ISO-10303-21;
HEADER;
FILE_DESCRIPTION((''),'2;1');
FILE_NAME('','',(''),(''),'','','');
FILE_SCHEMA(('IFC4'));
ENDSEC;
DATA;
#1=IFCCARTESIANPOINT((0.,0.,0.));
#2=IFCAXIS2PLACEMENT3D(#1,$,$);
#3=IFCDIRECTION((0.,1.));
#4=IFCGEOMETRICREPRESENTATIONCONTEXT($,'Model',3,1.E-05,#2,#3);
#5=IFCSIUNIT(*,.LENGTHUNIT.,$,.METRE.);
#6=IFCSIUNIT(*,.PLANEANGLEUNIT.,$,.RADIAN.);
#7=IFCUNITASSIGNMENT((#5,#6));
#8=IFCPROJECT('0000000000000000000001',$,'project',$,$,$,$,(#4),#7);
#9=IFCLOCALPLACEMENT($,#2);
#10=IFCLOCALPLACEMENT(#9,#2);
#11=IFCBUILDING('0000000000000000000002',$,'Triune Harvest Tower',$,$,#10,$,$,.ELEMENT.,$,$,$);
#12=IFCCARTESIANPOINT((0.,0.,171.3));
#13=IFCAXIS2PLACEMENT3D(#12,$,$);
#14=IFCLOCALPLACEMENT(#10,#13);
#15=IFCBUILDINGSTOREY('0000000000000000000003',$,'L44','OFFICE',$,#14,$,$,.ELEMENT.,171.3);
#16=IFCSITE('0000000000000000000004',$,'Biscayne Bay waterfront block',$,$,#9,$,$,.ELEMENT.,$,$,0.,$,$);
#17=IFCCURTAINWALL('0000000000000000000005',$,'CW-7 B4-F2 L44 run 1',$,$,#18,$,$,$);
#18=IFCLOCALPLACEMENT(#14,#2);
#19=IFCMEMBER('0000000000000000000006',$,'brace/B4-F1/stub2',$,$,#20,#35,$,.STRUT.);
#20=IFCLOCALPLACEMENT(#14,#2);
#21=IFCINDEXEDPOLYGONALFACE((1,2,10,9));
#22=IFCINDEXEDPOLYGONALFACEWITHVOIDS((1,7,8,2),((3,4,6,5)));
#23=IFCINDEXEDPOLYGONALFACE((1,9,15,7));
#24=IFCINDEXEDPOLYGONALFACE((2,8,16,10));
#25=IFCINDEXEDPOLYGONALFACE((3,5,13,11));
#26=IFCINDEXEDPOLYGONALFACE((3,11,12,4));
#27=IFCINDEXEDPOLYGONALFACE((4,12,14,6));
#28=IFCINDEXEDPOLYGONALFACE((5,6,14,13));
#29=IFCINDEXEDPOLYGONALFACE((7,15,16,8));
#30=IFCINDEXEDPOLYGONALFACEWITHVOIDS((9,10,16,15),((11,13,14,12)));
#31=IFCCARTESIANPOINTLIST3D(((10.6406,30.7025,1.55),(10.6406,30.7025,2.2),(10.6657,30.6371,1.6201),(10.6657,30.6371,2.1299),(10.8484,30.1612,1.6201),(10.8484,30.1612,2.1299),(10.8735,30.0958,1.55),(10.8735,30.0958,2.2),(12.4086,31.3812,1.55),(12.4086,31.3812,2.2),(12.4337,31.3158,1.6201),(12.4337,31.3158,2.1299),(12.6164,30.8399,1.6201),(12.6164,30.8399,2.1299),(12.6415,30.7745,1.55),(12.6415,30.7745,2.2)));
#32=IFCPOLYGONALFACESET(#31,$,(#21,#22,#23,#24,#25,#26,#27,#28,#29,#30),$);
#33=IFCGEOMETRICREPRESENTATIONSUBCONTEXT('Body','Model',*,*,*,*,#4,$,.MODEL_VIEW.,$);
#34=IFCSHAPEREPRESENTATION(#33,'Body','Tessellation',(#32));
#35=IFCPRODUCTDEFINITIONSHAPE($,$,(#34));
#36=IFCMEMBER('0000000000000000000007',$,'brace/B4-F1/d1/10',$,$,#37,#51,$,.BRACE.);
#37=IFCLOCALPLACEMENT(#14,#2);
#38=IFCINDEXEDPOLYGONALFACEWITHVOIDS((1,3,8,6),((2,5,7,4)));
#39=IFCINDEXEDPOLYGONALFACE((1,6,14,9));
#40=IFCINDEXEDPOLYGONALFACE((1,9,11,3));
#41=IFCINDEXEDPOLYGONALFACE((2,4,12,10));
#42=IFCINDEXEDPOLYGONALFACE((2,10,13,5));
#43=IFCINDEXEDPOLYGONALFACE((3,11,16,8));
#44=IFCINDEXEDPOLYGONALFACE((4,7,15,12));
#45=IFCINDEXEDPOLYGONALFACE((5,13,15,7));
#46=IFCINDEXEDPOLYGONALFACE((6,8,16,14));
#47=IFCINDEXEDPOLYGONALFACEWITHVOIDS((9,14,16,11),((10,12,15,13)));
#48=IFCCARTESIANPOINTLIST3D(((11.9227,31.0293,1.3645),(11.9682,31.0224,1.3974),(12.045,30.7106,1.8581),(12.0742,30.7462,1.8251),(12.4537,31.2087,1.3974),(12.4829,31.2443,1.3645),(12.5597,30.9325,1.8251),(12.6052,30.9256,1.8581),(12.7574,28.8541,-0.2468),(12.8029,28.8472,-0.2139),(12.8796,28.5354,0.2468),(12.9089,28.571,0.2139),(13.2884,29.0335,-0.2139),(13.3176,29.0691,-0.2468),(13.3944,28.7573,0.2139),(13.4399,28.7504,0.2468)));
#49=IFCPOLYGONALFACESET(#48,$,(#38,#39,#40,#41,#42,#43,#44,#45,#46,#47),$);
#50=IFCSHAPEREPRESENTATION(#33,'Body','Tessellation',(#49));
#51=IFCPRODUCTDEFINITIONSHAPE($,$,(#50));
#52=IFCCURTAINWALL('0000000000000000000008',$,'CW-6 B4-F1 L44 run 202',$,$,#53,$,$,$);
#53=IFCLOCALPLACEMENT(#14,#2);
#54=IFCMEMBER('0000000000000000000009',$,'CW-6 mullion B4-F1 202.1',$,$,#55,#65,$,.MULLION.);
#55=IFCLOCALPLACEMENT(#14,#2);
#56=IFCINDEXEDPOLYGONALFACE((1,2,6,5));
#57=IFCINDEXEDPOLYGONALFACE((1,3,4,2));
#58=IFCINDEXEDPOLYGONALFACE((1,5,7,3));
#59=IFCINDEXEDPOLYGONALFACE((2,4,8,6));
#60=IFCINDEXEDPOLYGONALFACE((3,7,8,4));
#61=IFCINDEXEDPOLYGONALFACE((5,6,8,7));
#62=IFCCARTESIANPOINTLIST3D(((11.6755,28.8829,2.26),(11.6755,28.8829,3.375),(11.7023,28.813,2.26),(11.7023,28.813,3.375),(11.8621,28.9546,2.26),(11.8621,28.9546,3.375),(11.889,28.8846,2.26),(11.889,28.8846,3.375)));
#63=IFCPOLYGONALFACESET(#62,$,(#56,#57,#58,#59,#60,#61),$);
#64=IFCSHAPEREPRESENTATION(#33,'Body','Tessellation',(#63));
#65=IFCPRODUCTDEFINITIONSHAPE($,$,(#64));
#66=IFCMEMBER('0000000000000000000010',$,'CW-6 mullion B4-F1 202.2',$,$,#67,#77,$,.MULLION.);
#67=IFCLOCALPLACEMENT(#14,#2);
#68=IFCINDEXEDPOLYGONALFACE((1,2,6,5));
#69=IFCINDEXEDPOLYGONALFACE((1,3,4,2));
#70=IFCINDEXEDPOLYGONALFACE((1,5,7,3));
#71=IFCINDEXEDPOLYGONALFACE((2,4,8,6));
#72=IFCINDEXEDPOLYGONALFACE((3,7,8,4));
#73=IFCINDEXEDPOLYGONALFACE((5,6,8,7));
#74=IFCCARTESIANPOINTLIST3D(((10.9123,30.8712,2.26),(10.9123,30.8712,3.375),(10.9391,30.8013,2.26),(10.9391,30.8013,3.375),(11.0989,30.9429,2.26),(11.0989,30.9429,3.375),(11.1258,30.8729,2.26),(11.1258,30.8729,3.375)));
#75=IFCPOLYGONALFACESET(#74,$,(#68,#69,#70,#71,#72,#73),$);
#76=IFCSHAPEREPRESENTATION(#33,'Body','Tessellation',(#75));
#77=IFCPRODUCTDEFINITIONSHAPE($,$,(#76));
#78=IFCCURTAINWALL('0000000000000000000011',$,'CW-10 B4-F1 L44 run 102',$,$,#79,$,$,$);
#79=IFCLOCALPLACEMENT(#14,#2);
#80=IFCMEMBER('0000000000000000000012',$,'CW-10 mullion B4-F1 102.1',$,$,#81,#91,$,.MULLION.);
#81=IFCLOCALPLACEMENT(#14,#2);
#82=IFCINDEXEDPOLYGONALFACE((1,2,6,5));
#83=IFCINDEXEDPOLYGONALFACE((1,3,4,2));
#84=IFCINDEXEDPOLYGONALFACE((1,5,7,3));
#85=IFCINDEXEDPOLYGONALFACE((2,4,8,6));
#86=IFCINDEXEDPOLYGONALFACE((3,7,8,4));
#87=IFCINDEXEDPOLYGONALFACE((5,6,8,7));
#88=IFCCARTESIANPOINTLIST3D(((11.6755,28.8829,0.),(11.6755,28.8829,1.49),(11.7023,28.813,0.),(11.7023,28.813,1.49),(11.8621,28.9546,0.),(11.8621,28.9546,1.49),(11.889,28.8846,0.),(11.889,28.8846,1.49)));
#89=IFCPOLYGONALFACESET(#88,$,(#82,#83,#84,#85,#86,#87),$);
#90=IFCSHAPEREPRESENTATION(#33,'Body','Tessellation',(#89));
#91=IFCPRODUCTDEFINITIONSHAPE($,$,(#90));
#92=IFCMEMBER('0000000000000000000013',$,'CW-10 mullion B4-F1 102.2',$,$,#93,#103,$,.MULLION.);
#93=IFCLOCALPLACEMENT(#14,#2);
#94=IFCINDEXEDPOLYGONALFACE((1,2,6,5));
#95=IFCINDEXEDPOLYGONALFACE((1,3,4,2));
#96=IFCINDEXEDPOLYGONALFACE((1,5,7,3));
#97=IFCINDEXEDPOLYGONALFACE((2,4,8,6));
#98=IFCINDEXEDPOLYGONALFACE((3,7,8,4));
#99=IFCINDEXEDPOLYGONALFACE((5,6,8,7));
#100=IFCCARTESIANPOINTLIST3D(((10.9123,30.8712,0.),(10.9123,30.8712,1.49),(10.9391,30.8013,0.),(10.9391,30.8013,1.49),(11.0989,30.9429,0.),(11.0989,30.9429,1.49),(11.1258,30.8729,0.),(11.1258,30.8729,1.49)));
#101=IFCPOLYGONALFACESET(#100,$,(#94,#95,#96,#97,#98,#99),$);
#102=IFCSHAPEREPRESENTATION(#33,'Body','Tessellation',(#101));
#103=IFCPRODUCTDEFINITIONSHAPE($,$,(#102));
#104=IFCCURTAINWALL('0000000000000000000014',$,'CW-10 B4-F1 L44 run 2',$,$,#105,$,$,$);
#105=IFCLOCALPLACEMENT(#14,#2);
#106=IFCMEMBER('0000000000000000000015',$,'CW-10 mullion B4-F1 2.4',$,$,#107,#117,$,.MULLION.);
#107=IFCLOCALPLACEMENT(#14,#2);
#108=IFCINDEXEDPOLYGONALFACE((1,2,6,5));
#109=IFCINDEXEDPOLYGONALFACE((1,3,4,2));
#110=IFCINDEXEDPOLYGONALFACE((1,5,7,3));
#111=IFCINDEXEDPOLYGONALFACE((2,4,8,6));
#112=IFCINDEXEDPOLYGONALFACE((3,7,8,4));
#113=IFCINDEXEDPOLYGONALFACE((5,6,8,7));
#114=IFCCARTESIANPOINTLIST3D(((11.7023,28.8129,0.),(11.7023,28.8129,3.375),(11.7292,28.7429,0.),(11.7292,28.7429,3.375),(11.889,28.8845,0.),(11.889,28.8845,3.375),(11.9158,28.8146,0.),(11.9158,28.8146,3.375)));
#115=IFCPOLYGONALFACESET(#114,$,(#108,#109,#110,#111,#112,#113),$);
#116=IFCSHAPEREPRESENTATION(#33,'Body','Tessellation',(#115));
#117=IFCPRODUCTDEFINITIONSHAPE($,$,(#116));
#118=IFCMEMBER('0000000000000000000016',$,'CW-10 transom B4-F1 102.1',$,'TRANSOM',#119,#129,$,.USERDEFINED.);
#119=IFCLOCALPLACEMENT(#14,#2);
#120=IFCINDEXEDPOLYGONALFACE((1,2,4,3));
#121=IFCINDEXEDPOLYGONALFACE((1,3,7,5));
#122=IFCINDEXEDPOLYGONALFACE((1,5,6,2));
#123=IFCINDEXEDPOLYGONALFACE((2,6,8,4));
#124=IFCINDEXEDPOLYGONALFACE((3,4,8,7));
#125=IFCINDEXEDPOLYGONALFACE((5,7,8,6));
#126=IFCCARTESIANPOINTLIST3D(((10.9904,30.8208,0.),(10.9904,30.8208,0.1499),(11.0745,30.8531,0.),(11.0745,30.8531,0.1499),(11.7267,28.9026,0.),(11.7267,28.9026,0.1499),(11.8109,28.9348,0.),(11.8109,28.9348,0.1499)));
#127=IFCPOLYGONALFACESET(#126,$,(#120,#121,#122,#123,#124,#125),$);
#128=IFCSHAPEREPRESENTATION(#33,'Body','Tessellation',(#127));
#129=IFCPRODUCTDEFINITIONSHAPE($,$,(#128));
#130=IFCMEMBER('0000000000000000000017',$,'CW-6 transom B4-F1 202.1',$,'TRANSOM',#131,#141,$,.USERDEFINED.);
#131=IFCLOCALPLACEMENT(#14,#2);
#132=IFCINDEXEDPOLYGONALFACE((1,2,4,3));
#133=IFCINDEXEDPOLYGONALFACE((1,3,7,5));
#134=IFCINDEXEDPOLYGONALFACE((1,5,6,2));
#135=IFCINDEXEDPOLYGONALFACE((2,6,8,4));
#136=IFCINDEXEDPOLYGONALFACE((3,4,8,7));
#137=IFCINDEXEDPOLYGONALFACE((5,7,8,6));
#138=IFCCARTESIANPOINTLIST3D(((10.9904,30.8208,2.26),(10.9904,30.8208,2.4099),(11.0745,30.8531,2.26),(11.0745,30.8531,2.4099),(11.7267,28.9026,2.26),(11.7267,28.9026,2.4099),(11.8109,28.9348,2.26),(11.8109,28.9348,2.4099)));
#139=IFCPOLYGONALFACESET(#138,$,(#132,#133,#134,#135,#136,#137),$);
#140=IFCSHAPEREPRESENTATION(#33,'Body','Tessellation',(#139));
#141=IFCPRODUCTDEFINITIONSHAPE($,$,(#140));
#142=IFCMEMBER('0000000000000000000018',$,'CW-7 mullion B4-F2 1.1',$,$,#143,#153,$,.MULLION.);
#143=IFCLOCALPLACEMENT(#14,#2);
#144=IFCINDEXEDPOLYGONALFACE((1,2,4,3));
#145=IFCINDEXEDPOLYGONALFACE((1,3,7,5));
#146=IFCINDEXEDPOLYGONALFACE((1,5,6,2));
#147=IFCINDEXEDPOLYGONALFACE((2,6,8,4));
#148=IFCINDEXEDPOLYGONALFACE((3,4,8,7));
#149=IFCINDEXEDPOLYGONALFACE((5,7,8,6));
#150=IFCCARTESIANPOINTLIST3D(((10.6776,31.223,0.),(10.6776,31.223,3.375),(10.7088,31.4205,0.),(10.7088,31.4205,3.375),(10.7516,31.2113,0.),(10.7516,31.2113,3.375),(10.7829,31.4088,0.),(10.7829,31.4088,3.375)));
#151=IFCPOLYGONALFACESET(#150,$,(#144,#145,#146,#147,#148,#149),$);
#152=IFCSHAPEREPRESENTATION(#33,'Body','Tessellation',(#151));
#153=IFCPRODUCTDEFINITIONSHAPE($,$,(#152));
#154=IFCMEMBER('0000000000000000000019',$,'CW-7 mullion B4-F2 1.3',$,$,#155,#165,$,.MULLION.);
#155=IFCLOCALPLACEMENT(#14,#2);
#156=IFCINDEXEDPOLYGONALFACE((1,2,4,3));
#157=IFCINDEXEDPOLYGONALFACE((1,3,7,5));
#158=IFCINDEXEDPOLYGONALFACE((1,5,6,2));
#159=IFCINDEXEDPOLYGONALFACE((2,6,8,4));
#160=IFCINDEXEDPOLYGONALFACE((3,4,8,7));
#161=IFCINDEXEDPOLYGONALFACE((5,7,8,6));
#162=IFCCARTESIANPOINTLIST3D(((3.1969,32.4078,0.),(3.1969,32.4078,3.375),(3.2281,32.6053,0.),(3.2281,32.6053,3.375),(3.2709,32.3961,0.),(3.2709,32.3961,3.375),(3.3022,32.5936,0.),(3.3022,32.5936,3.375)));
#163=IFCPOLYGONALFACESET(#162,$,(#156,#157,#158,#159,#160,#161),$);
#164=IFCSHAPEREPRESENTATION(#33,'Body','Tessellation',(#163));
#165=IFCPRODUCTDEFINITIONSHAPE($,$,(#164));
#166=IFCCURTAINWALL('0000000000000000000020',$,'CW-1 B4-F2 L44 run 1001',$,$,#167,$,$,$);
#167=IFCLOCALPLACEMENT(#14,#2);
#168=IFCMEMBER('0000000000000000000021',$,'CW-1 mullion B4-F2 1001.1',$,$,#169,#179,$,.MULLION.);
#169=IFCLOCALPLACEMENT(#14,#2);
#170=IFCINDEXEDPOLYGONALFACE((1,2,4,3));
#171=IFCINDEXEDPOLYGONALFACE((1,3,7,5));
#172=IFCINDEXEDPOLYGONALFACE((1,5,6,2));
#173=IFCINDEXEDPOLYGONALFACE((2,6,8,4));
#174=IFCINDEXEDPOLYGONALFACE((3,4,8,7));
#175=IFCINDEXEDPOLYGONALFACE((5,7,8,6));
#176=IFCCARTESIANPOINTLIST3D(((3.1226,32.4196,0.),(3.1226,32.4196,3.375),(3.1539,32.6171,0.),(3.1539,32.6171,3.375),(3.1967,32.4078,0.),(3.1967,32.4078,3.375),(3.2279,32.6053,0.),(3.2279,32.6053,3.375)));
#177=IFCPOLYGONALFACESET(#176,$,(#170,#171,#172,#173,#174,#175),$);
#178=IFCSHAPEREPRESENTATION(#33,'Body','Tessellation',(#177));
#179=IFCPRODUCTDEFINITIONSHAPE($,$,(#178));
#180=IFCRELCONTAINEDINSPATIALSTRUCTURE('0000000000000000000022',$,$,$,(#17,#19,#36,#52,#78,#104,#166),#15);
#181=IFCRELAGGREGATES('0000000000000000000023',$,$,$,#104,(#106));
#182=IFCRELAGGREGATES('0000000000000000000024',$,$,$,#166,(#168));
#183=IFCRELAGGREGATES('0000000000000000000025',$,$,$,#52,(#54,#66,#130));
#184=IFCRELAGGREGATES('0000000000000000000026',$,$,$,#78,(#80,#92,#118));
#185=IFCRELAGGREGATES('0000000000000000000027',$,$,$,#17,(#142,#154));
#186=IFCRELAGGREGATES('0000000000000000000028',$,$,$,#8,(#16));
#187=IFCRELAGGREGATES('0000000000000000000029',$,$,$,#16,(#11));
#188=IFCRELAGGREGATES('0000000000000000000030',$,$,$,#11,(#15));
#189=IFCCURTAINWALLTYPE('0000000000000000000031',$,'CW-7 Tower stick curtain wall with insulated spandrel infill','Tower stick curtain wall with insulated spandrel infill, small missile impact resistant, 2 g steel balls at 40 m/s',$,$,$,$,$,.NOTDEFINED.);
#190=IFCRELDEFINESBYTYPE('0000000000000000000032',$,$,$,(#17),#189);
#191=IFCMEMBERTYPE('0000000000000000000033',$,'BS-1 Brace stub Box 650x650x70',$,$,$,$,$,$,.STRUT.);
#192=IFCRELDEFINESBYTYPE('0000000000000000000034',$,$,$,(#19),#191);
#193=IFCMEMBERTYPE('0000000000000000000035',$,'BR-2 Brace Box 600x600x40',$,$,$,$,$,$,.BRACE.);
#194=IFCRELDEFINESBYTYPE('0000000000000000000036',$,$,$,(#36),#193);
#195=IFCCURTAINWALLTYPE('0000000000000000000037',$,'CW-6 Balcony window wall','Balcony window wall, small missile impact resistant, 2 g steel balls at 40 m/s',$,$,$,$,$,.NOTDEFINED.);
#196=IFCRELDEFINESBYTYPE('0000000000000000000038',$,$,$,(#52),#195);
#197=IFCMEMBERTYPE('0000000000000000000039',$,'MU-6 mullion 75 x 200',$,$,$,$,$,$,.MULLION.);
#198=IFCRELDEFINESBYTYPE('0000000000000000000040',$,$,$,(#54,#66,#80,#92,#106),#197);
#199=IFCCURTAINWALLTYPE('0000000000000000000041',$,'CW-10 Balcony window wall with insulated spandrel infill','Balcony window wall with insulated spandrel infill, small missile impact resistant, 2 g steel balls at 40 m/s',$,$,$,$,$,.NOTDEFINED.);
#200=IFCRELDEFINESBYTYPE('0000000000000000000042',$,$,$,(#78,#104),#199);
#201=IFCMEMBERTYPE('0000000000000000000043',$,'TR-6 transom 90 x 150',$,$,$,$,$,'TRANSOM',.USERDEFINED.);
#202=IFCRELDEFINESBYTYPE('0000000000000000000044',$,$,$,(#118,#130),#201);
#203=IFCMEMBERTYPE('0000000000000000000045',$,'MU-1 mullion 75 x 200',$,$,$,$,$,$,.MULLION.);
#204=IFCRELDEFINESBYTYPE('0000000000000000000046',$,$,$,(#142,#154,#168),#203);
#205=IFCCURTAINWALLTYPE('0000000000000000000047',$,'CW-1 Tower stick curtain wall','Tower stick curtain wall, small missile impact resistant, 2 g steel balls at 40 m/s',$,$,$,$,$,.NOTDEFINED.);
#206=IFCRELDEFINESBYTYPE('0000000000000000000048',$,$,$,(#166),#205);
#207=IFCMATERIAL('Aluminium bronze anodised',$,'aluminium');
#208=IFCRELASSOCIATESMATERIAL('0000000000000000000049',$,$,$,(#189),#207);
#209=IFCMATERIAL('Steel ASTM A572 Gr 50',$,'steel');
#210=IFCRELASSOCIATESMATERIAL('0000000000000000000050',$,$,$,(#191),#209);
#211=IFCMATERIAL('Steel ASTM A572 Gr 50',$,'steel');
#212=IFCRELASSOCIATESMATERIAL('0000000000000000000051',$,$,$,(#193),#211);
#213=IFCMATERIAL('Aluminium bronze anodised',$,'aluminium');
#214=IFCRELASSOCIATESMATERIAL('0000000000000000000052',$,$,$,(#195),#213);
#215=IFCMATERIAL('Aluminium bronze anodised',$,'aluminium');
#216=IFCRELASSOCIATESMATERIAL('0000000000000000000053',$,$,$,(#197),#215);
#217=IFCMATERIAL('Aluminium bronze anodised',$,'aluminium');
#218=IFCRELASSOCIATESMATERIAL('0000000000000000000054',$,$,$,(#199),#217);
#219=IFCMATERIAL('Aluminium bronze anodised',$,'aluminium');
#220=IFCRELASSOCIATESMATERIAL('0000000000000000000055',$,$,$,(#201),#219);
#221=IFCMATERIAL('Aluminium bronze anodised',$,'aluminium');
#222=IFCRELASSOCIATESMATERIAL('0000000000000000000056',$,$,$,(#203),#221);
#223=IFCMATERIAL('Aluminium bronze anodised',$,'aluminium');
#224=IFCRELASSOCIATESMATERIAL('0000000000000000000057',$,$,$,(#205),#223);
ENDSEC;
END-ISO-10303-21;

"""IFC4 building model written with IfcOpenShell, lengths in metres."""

from ifc_helpers import new_model, si_unit, direction, frame, origin, origin_2d, place, context, subcontext, project, spatial, rectangle, hollow_rectangle, extrude, source, transform, mapped, material, material_profile, profile_set, type_object, element, aggregate, save


model = new_model("IFC4")

# Units and contexts
model_context = context("Model", 3, precision=1e-05, world=origin(), true_north=direction((0.0, 1.0)))
body_context = subcontext(model_context, "Body", "Model", "MODEL_VIEW")
ifc_project = project(units=[si_unit("LENGTHUNIT", "METRE"), si_unit("PLANEANGLEUNIT", "RADIAN")], contexts=[model_context])

# Site, building, storey
site_placement = place(None, origin())
site = spatial("IfcSite", under=ifc_project, at=site_placement, Name="Biscayne Bay waterfront block", CompositionType="ELEMENT", RefElevation=0.0)
building_placement = place(site_placement, origin())
building = spatial("IfcBuilding", under=site, at=building_placement, Name="Triune Harvest Tower", CompositionType="ELEMENT")
storey_placement = place(building_placement, frame((0.0, 0.0, 171.3)))
storey = spatial("IfcBuildingStorey", under=building, at=storey_placement, Name="L44", Description="OFFICE", CompositionType="ELEMENT", Elevation=171.3)

# Curtain wall
ifc_material_1 = material(Name="Aluminium bronze anodised", Category="aluminium")
curtain_wall_type_1 = type_object("IfcCurtainWallType", Name="CW-7 Tower stick curtain wall with insulated spandrel infill", Description="Tower stick curtain wall with insulated spandrel infill, small missile impact resistant, 2 g steel balls at 40 m/s", PredefinedType="NOTDEFINED", material=ifc_material_1)
curtain_wall_1_placement = place(storey_placement, origin())
curtain_wall_1 = element("IfcCurtainWall", 1, at=curtain_wall_1_placement, inside=storey, type_object=curtain_wall_type_1, Name="CW-7 B4-F2 L44 run 1")

# Members
ifc_material_2 = material(Name="Steel ASTM A572 Gr 50", Category="steel")
ifc_material_profile_1 = material_profile(ifc_material_2, hollow_rectangle(XDim=0.6499, YDim=0.6499, WallThickness=0.0701, at=origin_2d()), Name="Box 650x650x70")
ifc_profile_set_1 = profile_set([ifc_material_profile_1], Name="Steel ASTM A572 Gr 50")
member_type_1 = type_object("IfcMemberType", Name="BS-1 Brace stub Box 650x650x70", PredefinedType="STRUT", material=ifc_profile_set_1)
shared_shape_1 = source(origin(), body_context, "Body", "SweptSolid", [
    extrude(hollow_rectangle(XDim=0.6499, YDim=0.6499, WallThickness=0.0701, at=origin_2d()), origin(), (0.0, 0.0, 1.0), 1.8938),
])
member_1_placement = place(storey_placement, frame((10.7571, 30.3992, 1.875), z_axis=(0.933578, 0.358374, 0.0), x_axis=(-0.358374, 0.933578, 0.0)))
element("IfcMember", 2, at=member_1_placement, inside=storey, type_object=member_type_1, Name="brace/B4-F1/stub2", PredefinedType="STRUT", context=body_context, shape_type="MappedRepresentation", body=[
    mapped(shared_shape_1, transform((0.0, 0.0, 0.0), scale=1.0)),
])
ifc_material_3 = material(Name="Steel ASTM A572 Gr 50", Category="steel")
ifc_material_profile_2 = material_profile(ifc_material_3, hollow_rectangle(XDim=0.6001, YDim=0.6001, WallThickness=0.04, at=origin_2d()), Name="Box 600x600x40")
ifc_profile_set_2 = profile_set([ifc_material_profile_2], Name="Steel ASTM A572 Gr 50")
member_type_2 = type_object("IfcMemberType", Name="BR-2 Brace Box 600x600x40", PredefinedType="BRACE", material=ifc_profile_set_2)
shared_shape_2 = source(origin(), body_context, "Body", "SweptSolid", [
    extrude(hollow_rectangle(XDim=0.6001, YDim=0.6001, WallThickness=0.04, at=origin_2d()), origin(), (0.0, 0.0, 1.0), 2.8328),
])
member_2_placement = place(storey_placement, frame((13.0986, 28.8022, 0.0), z_axis=(-0.294656, 0.767882, 0.568801), x_axis=(-0.933623, -0.358256, 0.0)))
element("IfcMember", 3, at=member_2_placement, inside=storey, type_object=member_type_2, Name="brace/B4-F1/d1/10", PredefinedType="BRACE", context=body_context, shape_type="MappedRepresentation", body=[
    mapped(shared_shape_2, transform((0.0, 0.0, 0.0), scale=1.0)),
])

# Curtain walls, members
ifc_material_4 = material(Name="Aluminium bronze anodised", Category="aluminium")
curtain_wall_type_2 = type_object("IfcCurtainWallType", Name="CW-6 Balcony window wall", Description="Balcony window wall, small missile impact resistant, 2 g steel balls at 40 m/s", PredefinedType="NOTDEFINED", material=ifc_material_4)
curtain_wall_2_placement = place(storey_placement, origin())
curtain_wall_2 = element("IfcCurtainWall", 4, at=curtain_wall_2_placement, inside=storey, type_object=curtain_wall_type_2, Name="CW-6 B4-F1 L44 run 202")
ifc_material_5 = material(Name="Aluminium bronze anodised", Category="aluminium")
ifc_material_profile_3 = material_profile(ifc_material_5, rectangle(XDim=0.2, YDim=0.075, at=origin_2d()), Name="MU-6 mullion 75 x 200")
ifc_profile_set_3 = profile_set([ifc_material_profile_3], Name="Aluminium bronze anodised")
member_type_3 = type_object("IfcMemberType", Name="MU-6 mullion 75 x 200", PredefinedType="MULLION", material=ifc_profile_set_3)
shared_shape_3 = source(origin(), body_context, "Body", "SweptSolid", [
    extrude(rectangle(XDim=0.2, YDim=0.075, at=origin_2d()), origin(), (0.0, 0.0, 1.0), 1.115),
])
member_3_placement = place(storey_placement, frame((11.7822, 28.8838, 2.26), z_axis=(0.0, 0.0, 1.0), x_axis=(-0.933576, -0.35838, 0.0)))
member_3 = element("IfcMember", 5, at=member_3_placement, type_object=member_type_3, Name="CW-6 mullion B4-F1 202.1", PredefinedType="MULLION", context=body_context, shape_type="MappedRepresentation", body=[
    mapped(shared_shape_3, transform((0.0, 0.0, 0.0), scale=1.0)),
])
member_4_placement = place(storey_placement, frame((11.019, 30.8721, 2.26), z_axis=(0.0, 0.0, 1.0), x_axis=(-0.933576, -0.35838, 0.0)))
member_4 = element("IfcMember", 6, at=member_4_placement, type_object=member_type_3, Name="CW-6 mullion B4-F1 202.2", PredefinedType="MULLION", context=body_context, shape_type="MappedRepresentation", body=[
    mapped(shared_shape_3, transform((0.0, 0.0, 0.0), scale=1.0)),
])
ifc_material_6 = material(Name="Aluminium bronze anodised", Category="aluminium")
curtain_wall_type_3 = type_object("IfcCurtainWallType", Name="CW-10 Balcony window wall with insulated spandrel infill", Description="Balcony window wall with insulated spandrel infill, small missile impact resistant, 2 g steel balls at 40 m/s", PredefinedType="NOTDEFINED", material=ifc_material_6)
curtain_wall_3_placement = place(storey_placement, origin())
curtain_wall_3 = element("IfcCurtainWall", 7, at=curtain_wall_3_placement, inside=storey, type_object=curtain_wall_type_3, Name="CW-10 B4-F1 L44 run 102")
shared_shape_4 = source(origin(), body_context, "Body", "SweptSolid", [
    extrude(rectangle(XDim=0.2, YDim=0.075, at=origin_2d()), origin(), (0.0, 0.0, 1.0), 1.49),
])
member_5_placement = place(storey_placement, frame((11.7822, 28.8838, 0.0), z_axis=(0.0, 0.0, 1.0), x_axis=(-0.933576, -0.35838, 0.0)))
member_5 = element("IfcMember", 8, at=member_5_placement, type_object=member_type_3, Name="CW-10 mullion B4-F1 102.1", PredefinedType="MULLION", context=body_context, shape_type="MappedRepresentation", body=[
    mapped(shared_shape_4, transform((0.0, 0.0, 0.0), scale=1.0)),
])
member_6_placement = place(storey_placement, frame((11.019, 30.8721, 0.0), z_axis=(0.0, 0.0, 1.0), x_axis=(-0.933576, -0.35838, 0.0)))
member_6 = element("IfcMember", 9, at=member_6_placement, type_object=member_type_3, Name="CW-10 mullion B4-F1 102.2", PredefinedType="MULLION", context=body_context, shape_type="MappedRepresentation", body=[
    mapped(shared_shape_4, transform((0.0, 0.0, 0.0), scale=1.0)),
])

# Curtain wall, member
curtain_wall_4_placement = place(storey_placement, origin())
curtain_wall_4 = element("IfcCurtainWall", 10, at=curtain_wall_4_placement, inside=storey, type_object=curtain_wall_type_3, Name="CW-10 B4-F1 L44 run 2")
shared_shape_5 = source(origin(), body_context, "Body", "SweptSolid", [
    extrude(rectangle(XDim=0.2, YDim=0.075, at=origin_2d()), origin(), (0.0, 0.0, 1.0), 3.375),
])
member_7_placement = place(storey_placement, frame((11.8091, 28.8137, 0.0), z_axis=(0.0, 0.0, 1.0), x_axis=(-0.933579, -0.358371, 0.0)))
member_7 = element("IfcMember", 11, at=member_7_placement, type_object=member_type_3, Name="CW-10 mullion B4-F1 2.4", PredefinedType="MULLION", context=body_context, shape_type="MappedRepresentation", body=[
    mapped(shared_shape_5, transform((0.0, 0.0, 0.0), scale=1.0)),
])
aggregate(curtain_wall_4, [member_7])

# Members
ifc_material_7 = material(Name="Aluminium bronze anodised", Category="aluminium")
ifc_material_profile_4 = material_profile(ifc_material_7, rectangle(XDim=0.0901, YDim=0.1499, at=origin_2d()), Name="TR-6 transom 90 x 150")
ifc_profile_set_4 = profile_set([ifc_material_profile_4], Name="Aluminium bronze anodised")
member_type_4 = type_object("IfcMemberType", Name="TR-6 transom 90 x 150", ElementType="TRANSOM", PredefinedType="USERDEFINED", material=ifc_profile_set_4)
shared_shape_6 = source(origin(), body_context, "Body", "SweptSolid", [
    extrude(rectangle(XDim=0.0901, YDim=0.1499, at=origin_2d()), origin(), (0.0, 0.0, 1.0), 2.0547),
])
member_8_placement = place(storey_placement, frame((11.7688, 28.9187, 0.075), z_axis=(-0.358366, 0.933581, 0.0), x_axis=(-0.933581, -0.358366, 0.0)))
member_8 = element("IfcMember", 12, at=member_8_placement, type_object=member_type_4, Name="CW-10 transom B4-F1 102.1", ObjectType="TRANSOM", PredefinedType="USERDEFINED", context=body_context, shape_type="MappedRepresentation", body=[
    mapped(shared_shape_6, transform((0.0, 0.0, 0.0), scale=1.0)),
])
member_9_placement = place(storey_placement, frame((11.7688, 28.9187, 2.335), z_axis=(-0.358366, 0.933581, 0.0), x_axis=(-0.933581, -0.358366, 0.0)))
member_9 = element("IfcMember", 13, at=member_9_placement, type_object=member_type_4, Name="CW-6 transom B4-F1 202.1", ObjectType="TRANSOM", PredefinedType="USERDEFINED", context=body_context, shape_type="MappedRepresentation", body=[
    mapped(shared_shape_6, transform((0.0, 0.0, 0.0), scale=1.0)),
])
ifc_material_8 = material(Name="Aluminium bronze anodised", Category="aluminium")
ifc_material_profile_5 = material_profile(ifc_material_8, rectangle(XDim=0.2, YDim=0.075, at=origin_2d()), Name="MU-1 mullion 75 x 200")
ifc_profile_set_5 = profile_set([ifc_material_profile_5], Name="Aluminium bronze anodised")
member_type_5 = type_object("IfcMemberType", Name="MU-1 mullion 75 x 200", PredefinedType="MULLION", material=ifc_profile_set_5)
shared_shape_7 = source(origin(), body_context, "Body", "SweptSolid", [
    extrude(rectangle(XDim=0.2, YDim=0.075, at=origin_2d()), origin(), (0.0, 0.0, 1.0), 3.375),
])
member_10_placement = place(storey_placement, frame((10.7302, 31.3159, 0.0), z_axis=(0.0, 0.0, 1.0), x_axis=(-0.156427, -0.98769, 0.0)))
member_10 = element("IfcMember", 14, at=member_10_placement, type_object=member_type_5, Name="CW-7 mullion B4-F2 1.1", PredefinedType="MULLION", context=body_context, shape_type="MappedRepresentation", body=[
    mapped(shared_shape_7, transform((0.0, 0.0, 0.0), scale=1.0)),
])
member_11_placement = place(storey_placement, frame((3.2495, 32.5007, 0.0), z_axis=(0.0, 0.0, 1.0), x_axis=(-0.156427, -0.98769, 0.0)))
member_11 = element("IfcMember", 15, at=member_11_placement, type_object=member_type_5, Name="CW-7 mullion B4-F2 1.3", PredefinedType="MULLION", context=body_context, shape_type="MappedRepresentation", body=[
    mapped(shared_shape_7, transform((0.0, 0.0, 0.0), scale=1.0)),
])

# Curtain wall, member
ifc_material_9 = material(Name="Aluminium bronze anodised", Category="aluminium")
curtain_wall_type_4 = type_object("IfcCurtainWallType", Name="CW-1 Tower stick curtain wall", Description="Tower stick curtain wall, small missile impact resistant, 2 g steel balls at 40 m/s", PredefinedType="NOTDEFINED", material=ifc_material_9)
curtain_wall_5_placement = place(storey_placement, origin())
curtain_wall_5 = element("IfcCurtainWall", 16, at=curtain_wall_5_placement, inside=storey, type_object=curtain_wall_type_4, Name="CW-1 B4-F2 L44 run 1001")
member_12_placement = place(storey_placement, frame((3.1753, 32.5125, 0.0), z_axis=(0.0, 0.0, 1.0), x_axis=(-0.156444, -0.987687, 0.0)))
member_12 = element("IfcMember", 17, at=member_12_placement, type_object=member_type_5, Name="CW-1 mullion B4-F2 1001.1", PredefinedType="MULLION", context=body_context, shape_type="MappedRepresentation", body=[
    mapped(shared_shape_7, transform((0.0, 0.0, 0.0), scale=1.0)),
])
aggregate(curtain_wall_5, [member_12])

aggregate(curtain_wall_2, [member_3, member_4, member_9])
aggregate(curtain_wall_3, [member_5, member_6, member_8])
aggregate(curtain_wall_1, [member_10, member_11])

save(model, "model.ifc")
